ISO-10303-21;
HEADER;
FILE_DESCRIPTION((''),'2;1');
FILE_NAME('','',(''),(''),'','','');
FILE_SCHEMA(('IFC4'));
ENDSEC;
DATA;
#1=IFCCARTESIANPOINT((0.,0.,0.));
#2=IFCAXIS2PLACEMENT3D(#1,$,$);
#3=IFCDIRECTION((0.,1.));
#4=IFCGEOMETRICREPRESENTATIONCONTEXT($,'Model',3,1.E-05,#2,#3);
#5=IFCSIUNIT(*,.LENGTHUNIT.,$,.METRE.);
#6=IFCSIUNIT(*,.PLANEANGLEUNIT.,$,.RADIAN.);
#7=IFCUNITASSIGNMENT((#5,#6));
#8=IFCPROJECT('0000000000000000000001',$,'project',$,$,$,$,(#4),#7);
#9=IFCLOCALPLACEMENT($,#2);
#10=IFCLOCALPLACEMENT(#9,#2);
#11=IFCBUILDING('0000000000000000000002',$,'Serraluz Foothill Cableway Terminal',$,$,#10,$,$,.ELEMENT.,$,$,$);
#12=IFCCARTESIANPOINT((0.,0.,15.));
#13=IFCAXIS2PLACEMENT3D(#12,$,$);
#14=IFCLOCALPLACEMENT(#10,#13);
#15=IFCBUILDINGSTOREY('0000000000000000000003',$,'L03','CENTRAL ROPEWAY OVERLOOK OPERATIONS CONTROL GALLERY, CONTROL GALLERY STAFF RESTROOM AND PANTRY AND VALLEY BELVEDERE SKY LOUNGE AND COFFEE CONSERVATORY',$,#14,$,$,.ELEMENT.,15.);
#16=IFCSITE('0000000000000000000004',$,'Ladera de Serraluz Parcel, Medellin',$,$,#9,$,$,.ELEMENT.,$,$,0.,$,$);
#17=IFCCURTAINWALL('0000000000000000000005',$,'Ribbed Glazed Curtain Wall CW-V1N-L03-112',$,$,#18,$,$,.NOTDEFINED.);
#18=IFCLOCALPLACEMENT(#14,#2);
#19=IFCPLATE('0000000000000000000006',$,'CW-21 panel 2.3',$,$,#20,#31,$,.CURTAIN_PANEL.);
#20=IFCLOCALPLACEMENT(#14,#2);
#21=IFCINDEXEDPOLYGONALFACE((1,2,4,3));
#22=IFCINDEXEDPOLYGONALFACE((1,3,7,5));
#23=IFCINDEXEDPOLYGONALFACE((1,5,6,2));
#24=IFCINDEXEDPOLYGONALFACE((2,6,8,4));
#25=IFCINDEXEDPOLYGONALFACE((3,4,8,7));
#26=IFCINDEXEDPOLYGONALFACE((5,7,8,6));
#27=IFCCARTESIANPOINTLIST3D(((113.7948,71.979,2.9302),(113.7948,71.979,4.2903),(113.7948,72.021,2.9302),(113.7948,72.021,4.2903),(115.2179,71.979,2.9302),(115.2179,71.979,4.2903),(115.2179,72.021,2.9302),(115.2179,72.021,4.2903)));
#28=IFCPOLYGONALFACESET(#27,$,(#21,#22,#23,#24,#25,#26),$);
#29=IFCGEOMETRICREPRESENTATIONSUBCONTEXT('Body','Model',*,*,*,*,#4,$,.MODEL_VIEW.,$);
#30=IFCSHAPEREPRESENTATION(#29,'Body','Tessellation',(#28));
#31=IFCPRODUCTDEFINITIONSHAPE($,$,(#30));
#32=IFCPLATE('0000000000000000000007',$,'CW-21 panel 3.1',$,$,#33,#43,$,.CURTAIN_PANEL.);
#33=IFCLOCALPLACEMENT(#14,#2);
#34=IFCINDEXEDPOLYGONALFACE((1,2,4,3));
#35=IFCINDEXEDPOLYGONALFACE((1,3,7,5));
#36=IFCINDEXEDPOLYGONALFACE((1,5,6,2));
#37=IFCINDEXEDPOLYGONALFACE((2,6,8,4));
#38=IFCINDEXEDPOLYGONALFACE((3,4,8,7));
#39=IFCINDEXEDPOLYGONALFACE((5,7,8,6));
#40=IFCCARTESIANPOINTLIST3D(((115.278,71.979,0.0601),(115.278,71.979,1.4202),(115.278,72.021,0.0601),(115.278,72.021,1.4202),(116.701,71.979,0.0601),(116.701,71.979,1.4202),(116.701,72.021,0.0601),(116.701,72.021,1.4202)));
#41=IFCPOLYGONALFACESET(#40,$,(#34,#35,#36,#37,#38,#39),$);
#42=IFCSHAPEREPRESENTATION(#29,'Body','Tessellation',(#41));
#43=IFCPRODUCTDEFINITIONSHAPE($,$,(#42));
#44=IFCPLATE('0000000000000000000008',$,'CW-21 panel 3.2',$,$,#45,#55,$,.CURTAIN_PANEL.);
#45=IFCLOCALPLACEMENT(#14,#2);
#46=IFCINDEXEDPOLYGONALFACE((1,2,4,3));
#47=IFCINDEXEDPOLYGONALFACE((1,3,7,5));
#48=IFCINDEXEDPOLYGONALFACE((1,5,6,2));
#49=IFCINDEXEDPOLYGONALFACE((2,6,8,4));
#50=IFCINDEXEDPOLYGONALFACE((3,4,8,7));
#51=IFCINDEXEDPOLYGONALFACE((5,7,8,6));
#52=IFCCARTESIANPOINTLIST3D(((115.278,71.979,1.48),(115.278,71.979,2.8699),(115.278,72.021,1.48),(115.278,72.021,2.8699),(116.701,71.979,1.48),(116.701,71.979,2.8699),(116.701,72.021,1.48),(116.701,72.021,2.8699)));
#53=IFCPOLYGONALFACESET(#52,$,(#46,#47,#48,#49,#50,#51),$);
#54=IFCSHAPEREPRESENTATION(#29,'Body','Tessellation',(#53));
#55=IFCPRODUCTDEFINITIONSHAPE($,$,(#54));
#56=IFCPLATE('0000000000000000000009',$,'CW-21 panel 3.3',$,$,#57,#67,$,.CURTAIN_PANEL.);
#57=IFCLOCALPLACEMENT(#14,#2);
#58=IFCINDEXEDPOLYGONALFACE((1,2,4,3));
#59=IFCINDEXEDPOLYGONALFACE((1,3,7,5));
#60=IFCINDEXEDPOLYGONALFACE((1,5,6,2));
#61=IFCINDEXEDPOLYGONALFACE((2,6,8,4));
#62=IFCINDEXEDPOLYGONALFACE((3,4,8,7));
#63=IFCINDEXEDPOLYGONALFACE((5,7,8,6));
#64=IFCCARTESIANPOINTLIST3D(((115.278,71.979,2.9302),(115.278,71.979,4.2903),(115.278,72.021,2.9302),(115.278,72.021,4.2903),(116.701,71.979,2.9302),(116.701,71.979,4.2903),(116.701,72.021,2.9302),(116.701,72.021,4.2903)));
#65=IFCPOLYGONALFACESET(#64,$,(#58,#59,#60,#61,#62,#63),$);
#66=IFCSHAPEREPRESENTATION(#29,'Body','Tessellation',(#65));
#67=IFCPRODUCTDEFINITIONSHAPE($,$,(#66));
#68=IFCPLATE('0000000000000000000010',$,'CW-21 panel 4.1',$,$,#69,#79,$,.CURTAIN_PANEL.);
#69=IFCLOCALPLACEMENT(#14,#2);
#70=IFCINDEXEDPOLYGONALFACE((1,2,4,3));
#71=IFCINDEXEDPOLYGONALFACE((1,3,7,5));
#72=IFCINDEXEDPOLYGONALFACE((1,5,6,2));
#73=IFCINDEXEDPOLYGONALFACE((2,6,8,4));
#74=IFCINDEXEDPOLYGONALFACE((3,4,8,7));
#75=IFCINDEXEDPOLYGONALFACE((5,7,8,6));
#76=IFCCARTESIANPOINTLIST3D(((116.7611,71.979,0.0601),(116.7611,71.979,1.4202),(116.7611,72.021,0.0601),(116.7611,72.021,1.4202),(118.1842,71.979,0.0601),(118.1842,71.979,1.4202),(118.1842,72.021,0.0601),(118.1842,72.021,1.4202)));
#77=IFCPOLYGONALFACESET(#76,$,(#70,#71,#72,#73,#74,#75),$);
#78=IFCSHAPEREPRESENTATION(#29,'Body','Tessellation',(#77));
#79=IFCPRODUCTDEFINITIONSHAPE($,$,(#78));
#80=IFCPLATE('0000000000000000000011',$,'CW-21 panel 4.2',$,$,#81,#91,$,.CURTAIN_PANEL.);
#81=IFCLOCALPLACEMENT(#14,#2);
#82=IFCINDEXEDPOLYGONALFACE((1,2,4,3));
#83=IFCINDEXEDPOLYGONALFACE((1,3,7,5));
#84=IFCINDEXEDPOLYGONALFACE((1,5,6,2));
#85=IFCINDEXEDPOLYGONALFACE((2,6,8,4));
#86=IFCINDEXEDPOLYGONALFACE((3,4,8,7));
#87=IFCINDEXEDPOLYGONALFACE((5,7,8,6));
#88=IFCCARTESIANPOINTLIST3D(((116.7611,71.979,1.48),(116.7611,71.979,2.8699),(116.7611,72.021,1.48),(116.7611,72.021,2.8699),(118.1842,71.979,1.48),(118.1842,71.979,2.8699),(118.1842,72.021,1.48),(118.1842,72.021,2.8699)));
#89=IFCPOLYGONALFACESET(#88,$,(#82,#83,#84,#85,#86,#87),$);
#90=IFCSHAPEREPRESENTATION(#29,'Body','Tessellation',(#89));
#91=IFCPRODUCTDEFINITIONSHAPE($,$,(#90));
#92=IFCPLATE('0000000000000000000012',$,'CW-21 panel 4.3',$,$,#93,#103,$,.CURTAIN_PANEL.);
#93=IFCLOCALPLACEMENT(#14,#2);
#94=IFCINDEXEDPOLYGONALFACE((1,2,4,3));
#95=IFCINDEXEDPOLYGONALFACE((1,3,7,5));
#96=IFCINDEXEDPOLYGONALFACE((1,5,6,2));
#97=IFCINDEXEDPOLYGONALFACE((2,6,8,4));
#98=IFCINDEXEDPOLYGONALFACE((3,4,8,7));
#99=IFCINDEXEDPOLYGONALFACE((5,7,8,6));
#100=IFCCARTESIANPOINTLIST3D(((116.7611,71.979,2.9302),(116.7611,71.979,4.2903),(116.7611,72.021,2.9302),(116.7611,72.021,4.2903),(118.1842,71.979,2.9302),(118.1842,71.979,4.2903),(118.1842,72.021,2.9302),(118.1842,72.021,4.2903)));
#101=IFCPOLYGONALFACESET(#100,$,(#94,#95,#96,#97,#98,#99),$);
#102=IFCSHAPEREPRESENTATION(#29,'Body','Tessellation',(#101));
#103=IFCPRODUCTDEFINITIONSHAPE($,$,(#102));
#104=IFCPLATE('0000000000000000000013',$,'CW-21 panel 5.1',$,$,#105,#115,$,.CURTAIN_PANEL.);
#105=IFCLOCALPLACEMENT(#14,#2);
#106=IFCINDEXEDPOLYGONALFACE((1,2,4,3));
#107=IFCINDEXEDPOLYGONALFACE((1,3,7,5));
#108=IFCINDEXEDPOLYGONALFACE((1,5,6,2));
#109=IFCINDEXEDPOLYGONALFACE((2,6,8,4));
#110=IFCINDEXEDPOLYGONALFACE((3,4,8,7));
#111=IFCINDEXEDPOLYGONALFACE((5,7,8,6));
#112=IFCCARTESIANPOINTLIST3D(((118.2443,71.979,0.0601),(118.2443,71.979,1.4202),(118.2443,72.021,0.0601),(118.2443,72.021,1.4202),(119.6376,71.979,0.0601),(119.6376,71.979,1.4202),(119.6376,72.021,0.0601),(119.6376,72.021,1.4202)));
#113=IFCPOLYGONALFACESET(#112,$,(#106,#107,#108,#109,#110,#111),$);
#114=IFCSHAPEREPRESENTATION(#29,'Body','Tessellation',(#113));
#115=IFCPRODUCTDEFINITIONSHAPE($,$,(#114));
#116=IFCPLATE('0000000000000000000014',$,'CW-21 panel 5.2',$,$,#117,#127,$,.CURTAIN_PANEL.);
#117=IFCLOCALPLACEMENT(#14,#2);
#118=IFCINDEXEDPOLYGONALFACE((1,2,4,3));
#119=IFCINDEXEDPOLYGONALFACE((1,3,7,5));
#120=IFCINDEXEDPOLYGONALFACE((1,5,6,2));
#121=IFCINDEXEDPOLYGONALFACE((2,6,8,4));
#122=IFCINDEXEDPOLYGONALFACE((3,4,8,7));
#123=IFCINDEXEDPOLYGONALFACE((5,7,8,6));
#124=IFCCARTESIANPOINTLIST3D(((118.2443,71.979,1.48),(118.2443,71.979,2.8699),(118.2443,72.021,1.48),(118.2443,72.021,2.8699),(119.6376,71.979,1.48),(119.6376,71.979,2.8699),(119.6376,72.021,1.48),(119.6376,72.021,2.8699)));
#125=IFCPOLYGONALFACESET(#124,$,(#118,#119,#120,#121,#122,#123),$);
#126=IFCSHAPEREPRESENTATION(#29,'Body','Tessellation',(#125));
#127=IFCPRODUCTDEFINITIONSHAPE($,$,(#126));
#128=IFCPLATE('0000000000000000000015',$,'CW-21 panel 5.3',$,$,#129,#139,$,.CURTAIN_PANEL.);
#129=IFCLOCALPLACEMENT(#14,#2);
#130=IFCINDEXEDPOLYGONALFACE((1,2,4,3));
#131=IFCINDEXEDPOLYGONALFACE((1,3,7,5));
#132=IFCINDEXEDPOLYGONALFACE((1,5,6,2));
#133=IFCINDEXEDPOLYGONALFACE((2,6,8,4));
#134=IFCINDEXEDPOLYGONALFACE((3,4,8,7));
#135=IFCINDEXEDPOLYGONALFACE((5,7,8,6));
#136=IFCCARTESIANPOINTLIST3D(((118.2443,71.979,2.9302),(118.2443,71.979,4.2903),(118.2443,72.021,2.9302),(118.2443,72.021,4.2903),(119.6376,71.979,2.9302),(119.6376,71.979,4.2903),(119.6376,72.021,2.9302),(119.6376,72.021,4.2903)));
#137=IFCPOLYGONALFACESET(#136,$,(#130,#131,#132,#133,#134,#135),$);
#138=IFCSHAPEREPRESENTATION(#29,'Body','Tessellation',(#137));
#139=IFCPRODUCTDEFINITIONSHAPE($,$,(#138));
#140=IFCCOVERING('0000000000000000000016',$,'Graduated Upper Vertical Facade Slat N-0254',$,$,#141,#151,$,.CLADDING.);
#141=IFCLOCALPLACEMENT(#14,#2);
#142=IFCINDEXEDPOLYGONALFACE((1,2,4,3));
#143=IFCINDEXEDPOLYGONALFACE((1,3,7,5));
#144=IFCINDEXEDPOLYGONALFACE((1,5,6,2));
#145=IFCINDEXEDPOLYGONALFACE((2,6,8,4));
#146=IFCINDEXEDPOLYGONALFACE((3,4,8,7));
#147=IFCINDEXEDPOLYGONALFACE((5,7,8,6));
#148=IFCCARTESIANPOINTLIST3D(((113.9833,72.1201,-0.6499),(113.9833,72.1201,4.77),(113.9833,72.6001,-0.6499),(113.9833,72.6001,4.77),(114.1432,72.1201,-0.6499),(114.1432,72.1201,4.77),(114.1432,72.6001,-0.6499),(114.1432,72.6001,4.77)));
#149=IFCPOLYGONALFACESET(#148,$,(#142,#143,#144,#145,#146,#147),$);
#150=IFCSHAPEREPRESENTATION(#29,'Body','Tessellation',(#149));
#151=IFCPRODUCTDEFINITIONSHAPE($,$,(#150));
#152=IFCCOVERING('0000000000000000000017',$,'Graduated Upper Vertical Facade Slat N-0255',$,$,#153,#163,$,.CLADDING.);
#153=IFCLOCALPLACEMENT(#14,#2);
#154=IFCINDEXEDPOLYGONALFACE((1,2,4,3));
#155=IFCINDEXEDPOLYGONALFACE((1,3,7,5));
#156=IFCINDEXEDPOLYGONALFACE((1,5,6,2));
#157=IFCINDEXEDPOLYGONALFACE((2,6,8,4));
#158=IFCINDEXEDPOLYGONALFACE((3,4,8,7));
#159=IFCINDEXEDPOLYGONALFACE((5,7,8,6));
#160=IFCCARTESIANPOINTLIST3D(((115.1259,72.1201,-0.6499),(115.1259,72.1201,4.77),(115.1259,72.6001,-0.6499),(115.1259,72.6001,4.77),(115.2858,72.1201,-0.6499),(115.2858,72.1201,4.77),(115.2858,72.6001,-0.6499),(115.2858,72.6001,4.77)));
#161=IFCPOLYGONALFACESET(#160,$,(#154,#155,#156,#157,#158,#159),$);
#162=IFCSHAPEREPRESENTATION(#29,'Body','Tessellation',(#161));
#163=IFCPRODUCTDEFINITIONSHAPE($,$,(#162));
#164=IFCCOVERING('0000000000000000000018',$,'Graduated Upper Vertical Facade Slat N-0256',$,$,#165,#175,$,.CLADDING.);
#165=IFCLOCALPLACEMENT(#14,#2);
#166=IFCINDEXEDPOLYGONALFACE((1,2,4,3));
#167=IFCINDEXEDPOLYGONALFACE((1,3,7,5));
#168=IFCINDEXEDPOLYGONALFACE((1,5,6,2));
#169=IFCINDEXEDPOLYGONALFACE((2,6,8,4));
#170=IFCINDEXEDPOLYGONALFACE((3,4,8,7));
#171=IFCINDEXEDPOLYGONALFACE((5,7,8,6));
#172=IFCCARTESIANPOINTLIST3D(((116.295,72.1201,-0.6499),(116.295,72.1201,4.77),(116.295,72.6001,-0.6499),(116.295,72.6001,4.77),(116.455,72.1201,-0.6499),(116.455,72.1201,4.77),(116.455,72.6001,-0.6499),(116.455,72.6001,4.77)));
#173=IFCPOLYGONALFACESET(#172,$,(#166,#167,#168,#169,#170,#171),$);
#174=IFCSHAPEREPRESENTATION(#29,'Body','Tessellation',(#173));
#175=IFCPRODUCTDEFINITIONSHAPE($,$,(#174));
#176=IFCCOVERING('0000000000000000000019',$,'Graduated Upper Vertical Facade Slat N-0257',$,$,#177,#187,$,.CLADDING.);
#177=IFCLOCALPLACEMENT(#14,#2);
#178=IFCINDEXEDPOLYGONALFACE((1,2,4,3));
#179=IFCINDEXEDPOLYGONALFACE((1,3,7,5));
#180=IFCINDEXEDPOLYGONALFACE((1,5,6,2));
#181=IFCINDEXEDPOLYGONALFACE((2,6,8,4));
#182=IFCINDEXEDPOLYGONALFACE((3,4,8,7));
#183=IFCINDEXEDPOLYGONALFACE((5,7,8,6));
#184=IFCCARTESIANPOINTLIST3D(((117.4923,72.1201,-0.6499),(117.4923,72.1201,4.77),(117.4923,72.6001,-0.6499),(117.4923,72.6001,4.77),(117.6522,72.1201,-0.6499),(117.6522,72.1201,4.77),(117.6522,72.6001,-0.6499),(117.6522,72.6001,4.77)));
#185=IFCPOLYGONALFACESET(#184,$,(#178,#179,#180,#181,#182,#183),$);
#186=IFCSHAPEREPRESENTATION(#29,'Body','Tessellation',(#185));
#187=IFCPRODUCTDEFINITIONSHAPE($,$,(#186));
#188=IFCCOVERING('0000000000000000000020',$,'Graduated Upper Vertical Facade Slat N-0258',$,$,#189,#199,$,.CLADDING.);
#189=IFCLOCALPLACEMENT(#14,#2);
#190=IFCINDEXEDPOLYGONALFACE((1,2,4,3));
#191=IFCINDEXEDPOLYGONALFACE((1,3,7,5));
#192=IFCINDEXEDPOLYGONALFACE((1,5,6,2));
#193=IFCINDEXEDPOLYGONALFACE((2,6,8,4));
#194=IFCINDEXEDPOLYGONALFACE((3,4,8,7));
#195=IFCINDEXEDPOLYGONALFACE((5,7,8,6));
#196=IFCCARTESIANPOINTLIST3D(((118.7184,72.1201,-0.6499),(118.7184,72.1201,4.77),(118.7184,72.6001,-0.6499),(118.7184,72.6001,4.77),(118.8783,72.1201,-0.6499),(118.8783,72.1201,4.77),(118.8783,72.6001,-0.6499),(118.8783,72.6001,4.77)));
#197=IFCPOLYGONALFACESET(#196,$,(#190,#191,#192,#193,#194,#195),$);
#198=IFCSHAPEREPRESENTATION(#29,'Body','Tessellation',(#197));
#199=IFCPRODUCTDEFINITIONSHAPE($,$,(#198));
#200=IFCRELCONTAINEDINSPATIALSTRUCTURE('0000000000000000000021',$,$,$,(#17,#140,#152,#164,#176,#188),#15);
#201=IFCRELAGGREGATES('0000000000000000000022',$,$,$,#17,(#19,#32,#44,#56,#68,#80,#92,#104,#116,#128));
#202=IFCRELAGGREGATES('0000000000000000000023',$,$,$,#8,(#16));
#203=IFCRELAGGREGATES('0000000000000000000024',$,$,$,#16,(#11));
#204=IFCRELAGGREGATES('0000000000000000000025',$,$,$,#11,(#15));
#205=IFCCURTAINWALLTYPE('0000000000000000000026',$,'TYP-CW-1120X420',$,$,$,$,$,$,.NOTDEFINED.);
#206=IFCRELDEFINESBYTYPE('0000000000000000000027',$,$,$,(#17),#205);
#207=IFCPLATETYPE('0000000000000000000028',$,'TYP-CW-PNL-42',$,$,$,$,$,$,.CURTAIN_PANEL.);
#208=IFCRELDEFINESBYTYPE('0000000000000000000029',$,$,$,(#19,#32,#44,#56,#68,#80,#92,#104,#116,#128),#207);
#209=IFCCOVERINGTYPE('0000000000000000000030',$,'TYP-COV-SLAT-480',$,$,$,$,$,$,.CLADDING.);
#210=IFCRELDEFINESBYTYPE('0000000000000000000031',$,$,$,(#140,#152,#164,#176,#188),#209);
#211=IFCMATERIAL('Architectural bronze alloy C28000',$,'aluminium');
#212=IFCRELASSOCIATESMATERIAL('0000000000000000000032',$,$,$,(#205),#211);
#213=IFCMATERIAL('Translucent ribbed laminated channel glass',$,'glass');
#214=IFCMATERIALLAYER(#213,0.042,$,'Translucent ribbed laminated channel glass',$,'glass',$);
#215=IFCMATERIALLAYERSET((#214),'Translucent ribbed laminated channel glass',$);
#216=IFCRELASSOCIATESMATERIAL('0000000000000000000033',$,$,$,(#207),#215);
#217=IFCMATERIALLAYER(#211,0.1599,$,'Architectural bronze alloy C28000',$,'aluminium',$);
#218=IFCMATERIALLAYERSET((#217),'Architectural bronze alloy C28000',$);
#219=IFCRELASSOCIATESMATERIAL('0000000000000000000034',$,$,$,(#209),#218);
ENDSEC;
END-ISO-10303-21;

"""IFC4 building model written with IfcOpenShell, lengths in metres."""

from ifc_helpers import new_model, si_unit, direction, frame, origin, origin_2d, place, context, subcontext, project, spatial, rectangle, extrude, material, layer, layer_set, type_object, element, aggregate, save


model = new_model("IFC4")

# Units and contexts
model_context = context("Model", 3, precision=1e-05, world=origin(), true_north=direction((0.0, 1.0)))
body_context = subcontext(model_context, "Body", "Model", "MODEL_VIEW")
ifc_project = project(units=[si_unit("LENGTHUNIT", "METRE"), si_unit("PLANEANGLEUNIT", "RADIAN")], contexts=[model_context])

# Site, building, storey
site_placement = place(None, origin())
site = spatial("IfcSite", under=ifc_project, at=site_placement, Name="Ladera de Serraluz Parcel, Medellin", CompositionType="ELEMENT", RefElevation=0.0)
building_placement = place(site_placement, origin())
building = spatial("IfcBuilding", under=site, at=building_placement, Name="Serraluz Foothill Cableway Terminal", CompositionType="ELEMENT")
storey_placement = place(building_placement, frame((0.0, 0.0, 15.0)))
storey = spatial("IfcBuildingStorey", under=building, at=storey_placement, Name="L03", Description="CENTRAL ROPEWAY OVERLOOK OPERATIONS CONTROL GALLERY, CONTROL GALLERY STAFF RESTROOM AND PANTRY AND VALLEY BELVEDERE SKY LOUNGE AND COFFEE CONSERVATORY", CompositionType="ELEMENT", Elevation=15.0)

# Curtain wall
ifc_material_1 = material(Name="Architectural bronze alloy C28000", Category="aluminium")
curtain_wall_type = type_object("IfcCurtainWallType", Name="TYP-CW-1120X420", PredefinedType="NOTDEFINED", material=ifc_material_1)
curtain_wall_placement = place(storey_placement, origin())
curtain_wall = element("IfcCurtainWall", 1, at=curtain_wall_placement, inside=storey, type_object=curtain_wall_type, Name="Ribbed Glazed Curtain Wall CW-V1N-L03-112", PredefinedType="NOTDEFINED")

# Plates
ifc_material_2 = material(Name="Translucent ribbed laminated channel glass", Category="glass")
ifc_layer_1 = layer(ifc_material_2, 0.042, Name="Translucent ribbed laminated channel glass", Category="glass")
ifc_layer_set_1 = layer_set([ifc_layer_1], Name="Translucent ribbed laminated channel glass")
plate_type = type_object("IfcPlateType", Name="TYP-CW-PNL-42", PredefinedType="CURTAIN_PANEL", material=ifc_layer_set_1)
plate_1_placement = place(storey_placement, frame((114.5063, 72.0, 2.9302), z_axis=(0.0, 0.0, 1.0), x_axis=(1.0, 0.0, 0.0)))
plate_1 = element("IfcPlate", 2, at=plate_1_placement, type_object=plate_type, Name="CW-21 panel 2.3", PredefinedType="CURTAIN_PANEL", context=body_context, shape_type="SweptSolid", body=[
    extrude(rectangle(XDim=1.4231, YDim=0.042, at=origin_2d()), origin(), (0.0, 0.0, 1.0), 1.3601),
])
plate_2_placement = place(storey_placement, frame((115.9895, 72.0, 0.0601), z_axis=(0.0, 0.0, 1.0), x_axis=(1.0, 0.0, 0.0)))
plate_2 = element("IfcPlate", 3, at=plate_2_placement, type_object=plate_type, Name="CW-21 panel 3.1", PredefinedType="CURTAIN_PANEL", context=body_context, shape_type="SweptSolid", body=[
    extrude(rectangle(XDim=1.4231, YDim=0.042, at=origin_2d()), origin(), (0.0, 0.0, 1.0), 1.3601),
])
plate_3_placement = place(storey_placement, frame((115.9895, 72.0, 1.48), z_axis=(0.0, 0.0, 1.0), x_axis=(1.0, 0.0, 0.0)))
plate_3 = element("IfcPlate", 4, at=plate_3_placement, type_object=plate_type, Name="CW-21 panel 3.2", PredefinedType="CURTAIN_PANEL", context=body_context, shape_type="SweptSolid", body=[
    extrude(rectangle(XDim=1.4231, YDim=0.042, at=origin_2d()), origin(), (0.0, 0.0, 1.0), 1.3899),
])
plate_4_placement = place(storey_placement, frame((115.9895, 72.0, 2.9302), z_axis=(0.0, 0.0, 1.0), x_axis=(1.0, 0.0, 0.0)))
plate_4 = element("IfcPlate", 5, at=plate_4_placement, type_object=plate_type, Name="CW-21 panel 3.3", PredefinedType="CURTAIN_PANEL", context=body_context, shape_type="SweptSolid", body=[
    extrude(rectangle(XDim=1.4231, YDim=0.042, at=origin_2d()), origin(), (0.0, 0.0, 1.0), 1.3601),
])
plate_5_placement = place(storey_placement, frame((117.4727, 72.0, 0.0601), z_axis=(0.0, 0.0, 1.0), x_axis=(1.0, 0.0, 0.0)))
plate_5 = element("IfcPlate", 6, at=plate_5_placement, type_object=plate_type, Name="CW-21 panel 4.1", PredefinedType="CURTAIN_PANEL", context=body_context, shape_type="SweptSolid", body=[
    extrude(rectangle(XDim=1.4231, YDim=0.042, at=origin_2d()), origin(), (0.0, 0.0, 1.0), 1.3601),
])
plate_6_placement = place(storey_placement, frame((117.4727, 72.0, 1.48), z_axis=(0.0, 0.0, 1.0), x_axis=(1.0, 0.0, 0.0)))
plate_6 = element("IfcPlate", 7, at=plate_6_placement, type_object=plate_type, Name="CW-21 panel 4.2", PredefinedType="CURTAIN_PANEL", context=body_context, shape_type="SweptSolid", body=[
    extrude(rectangle(XDim=1.4231, YDim=0.042, at=origin_2d()), origin(), (0.0, 0.0, 1.0), 1.3899),
])
plate_7_placement = place(storey_placement, frame((117.4727, 72.0, 2.9302), z_axis=(0.0, 0.0, 1.0), x_axis=(1.0, 0.0, 0.0)))
plate_7 = element("IfcPlate", 8, at=plate_7_placement, type_object=plate_type, Name="CW-21 panel 4.3", PredefinedType="CURTAIN_PANEL", context=body_context, shape_type="SweptSolid", body=[
    extrude(rectangle(XDim=1.4231, YDim=0.042, at=origin_2d()), origin(), (0.0, 0.0, 1.0), 1.3601),
])
plate_8_placement = place(storey_placement, frame((118.9409, 72.0, 0.0601), z_axis=(0.0, 0.0, 1.0), x_axis=(1.0, 0.0, 0.0)))
plate_8 = element("IfcPlate", 9, at=plate_8_placement, type_object=plate_type, Name="CW-21 panel 5.1", PredefinedType="CURTAIN_PANEL", context=body_context, shape_type="SweptSolid", body=[
    extrude(rectangle(XDim=1.3933, YDim=0.042, at=origin_2d()), origin(), (0.0, 0.0, 1.0), 1.3601),
])
plate_9_placement = place(storey_placement, frame((118.9409, 72.0, 1.48), z_axis=(0.0, 0.0, 1.0), x_axis=(1.0, 0.0, 0.0)))
plate_9 = element("IfcPlate", 10, at=plate_9_placement, type_object=plate_type, Name="CW-21 panel 5.2", PredefinedType="CURTAIN_PANEL", context=body_context, shape_type="SweptSolid", body=[
    extrude(rectangle(XDim=1.3933, YDim=0.042, at=origin_2d()), origin(), (0.0, 0.0, 1.0), 1.3899),
])
plate_10_placement = place(storey_placement, frame((118.9409, 72.0, 2.9302), z_axis=(0.0, 0.0, 1.0), x_axis=(1.0, 0.0, 0.0)))
plate_10 = element("IfcPlate", 11, at=plate_10_placement, type_object=plate_type, Name="CW-21 panel 5.3", PredefinedType="CURTAIN_PANEL", context=body_context, shape_type="SweptSolid", body=[
    extrude(rectangle(XDim=1.3933, YDim=0.042, at=origin_2d()), origin(), (0.0, 0.0, 1.0), 1.3601),
])
aggregate(curtain_wall, [plate_1, plate_2, plate_3, plate_4, plate_5, plate_6, plate_7, plate_8, plate_9, plate_10])

# Coverings
ifc_layer_2 = layer(ifc_material_1, 0.1599, Name="Architectural bronze alloy C28000", Category="aluminium")
ifc_layer_set_2 = layer_set([ifc_layer_2], Name="Architectural bronze alloy C28000")
covering_type = type_object("IfcCoveringType", Name="TYP-COV-SLAT-480", PredefinedType="CLADDING", material=ifc_layer_set_2)
for number, where, z_axis, x_axis, name in (
    (12, (114.0632, 72.3601, -0.6499), (0.0, 0.0, 1.0), (1.0, 0.0, 0.0), "Graduated Upper Vertical Facade Slat N-0254"),
    (13, (115.2058, 72.3601, -0.6499), (0.0, 0.0, 1.0), (1.0, 0.0, 0.0), "Graduated Upper Vertical Facade Slat N-0255"),
    (14, (116.375, 72.3601, -0.6499), (0.0, 0.0, 1.0), (1.0, 0.0, 0.0), "Graduated Upper Vertical Facade Slat N-0256"),
    (15, (117.5723, 72.3601, -0.6499), (0.0, 0.0, 1.0), (1.0, 0.0, 0.0), "Graduated Upper Vertical Facade Slat N-0257"),
    (16, (118.7983, 72.3601, -0.6499), (0.0, 0.0, 1.0), (1.0, 0.0, 0.0), "Graduated Upper Vertical Facade Slat N-0258"),
):
    element("IfcCovering", number, at=place(storey_placement, frame(where, z_axis=z_axis, x_axis=x_axis)), inside=storey, type_object=covering_type, Name=name, PredefinedType="CLADDING", context=body_context, shape_type="SweptSolid", body=[
        extrude(rectangle(XDim=0.1599, YDim=0.48, at=origin_2d()), origin(), (0.0, 0.0, 1.0), 5.4199),
    ])

save(model, "model.ifc")
